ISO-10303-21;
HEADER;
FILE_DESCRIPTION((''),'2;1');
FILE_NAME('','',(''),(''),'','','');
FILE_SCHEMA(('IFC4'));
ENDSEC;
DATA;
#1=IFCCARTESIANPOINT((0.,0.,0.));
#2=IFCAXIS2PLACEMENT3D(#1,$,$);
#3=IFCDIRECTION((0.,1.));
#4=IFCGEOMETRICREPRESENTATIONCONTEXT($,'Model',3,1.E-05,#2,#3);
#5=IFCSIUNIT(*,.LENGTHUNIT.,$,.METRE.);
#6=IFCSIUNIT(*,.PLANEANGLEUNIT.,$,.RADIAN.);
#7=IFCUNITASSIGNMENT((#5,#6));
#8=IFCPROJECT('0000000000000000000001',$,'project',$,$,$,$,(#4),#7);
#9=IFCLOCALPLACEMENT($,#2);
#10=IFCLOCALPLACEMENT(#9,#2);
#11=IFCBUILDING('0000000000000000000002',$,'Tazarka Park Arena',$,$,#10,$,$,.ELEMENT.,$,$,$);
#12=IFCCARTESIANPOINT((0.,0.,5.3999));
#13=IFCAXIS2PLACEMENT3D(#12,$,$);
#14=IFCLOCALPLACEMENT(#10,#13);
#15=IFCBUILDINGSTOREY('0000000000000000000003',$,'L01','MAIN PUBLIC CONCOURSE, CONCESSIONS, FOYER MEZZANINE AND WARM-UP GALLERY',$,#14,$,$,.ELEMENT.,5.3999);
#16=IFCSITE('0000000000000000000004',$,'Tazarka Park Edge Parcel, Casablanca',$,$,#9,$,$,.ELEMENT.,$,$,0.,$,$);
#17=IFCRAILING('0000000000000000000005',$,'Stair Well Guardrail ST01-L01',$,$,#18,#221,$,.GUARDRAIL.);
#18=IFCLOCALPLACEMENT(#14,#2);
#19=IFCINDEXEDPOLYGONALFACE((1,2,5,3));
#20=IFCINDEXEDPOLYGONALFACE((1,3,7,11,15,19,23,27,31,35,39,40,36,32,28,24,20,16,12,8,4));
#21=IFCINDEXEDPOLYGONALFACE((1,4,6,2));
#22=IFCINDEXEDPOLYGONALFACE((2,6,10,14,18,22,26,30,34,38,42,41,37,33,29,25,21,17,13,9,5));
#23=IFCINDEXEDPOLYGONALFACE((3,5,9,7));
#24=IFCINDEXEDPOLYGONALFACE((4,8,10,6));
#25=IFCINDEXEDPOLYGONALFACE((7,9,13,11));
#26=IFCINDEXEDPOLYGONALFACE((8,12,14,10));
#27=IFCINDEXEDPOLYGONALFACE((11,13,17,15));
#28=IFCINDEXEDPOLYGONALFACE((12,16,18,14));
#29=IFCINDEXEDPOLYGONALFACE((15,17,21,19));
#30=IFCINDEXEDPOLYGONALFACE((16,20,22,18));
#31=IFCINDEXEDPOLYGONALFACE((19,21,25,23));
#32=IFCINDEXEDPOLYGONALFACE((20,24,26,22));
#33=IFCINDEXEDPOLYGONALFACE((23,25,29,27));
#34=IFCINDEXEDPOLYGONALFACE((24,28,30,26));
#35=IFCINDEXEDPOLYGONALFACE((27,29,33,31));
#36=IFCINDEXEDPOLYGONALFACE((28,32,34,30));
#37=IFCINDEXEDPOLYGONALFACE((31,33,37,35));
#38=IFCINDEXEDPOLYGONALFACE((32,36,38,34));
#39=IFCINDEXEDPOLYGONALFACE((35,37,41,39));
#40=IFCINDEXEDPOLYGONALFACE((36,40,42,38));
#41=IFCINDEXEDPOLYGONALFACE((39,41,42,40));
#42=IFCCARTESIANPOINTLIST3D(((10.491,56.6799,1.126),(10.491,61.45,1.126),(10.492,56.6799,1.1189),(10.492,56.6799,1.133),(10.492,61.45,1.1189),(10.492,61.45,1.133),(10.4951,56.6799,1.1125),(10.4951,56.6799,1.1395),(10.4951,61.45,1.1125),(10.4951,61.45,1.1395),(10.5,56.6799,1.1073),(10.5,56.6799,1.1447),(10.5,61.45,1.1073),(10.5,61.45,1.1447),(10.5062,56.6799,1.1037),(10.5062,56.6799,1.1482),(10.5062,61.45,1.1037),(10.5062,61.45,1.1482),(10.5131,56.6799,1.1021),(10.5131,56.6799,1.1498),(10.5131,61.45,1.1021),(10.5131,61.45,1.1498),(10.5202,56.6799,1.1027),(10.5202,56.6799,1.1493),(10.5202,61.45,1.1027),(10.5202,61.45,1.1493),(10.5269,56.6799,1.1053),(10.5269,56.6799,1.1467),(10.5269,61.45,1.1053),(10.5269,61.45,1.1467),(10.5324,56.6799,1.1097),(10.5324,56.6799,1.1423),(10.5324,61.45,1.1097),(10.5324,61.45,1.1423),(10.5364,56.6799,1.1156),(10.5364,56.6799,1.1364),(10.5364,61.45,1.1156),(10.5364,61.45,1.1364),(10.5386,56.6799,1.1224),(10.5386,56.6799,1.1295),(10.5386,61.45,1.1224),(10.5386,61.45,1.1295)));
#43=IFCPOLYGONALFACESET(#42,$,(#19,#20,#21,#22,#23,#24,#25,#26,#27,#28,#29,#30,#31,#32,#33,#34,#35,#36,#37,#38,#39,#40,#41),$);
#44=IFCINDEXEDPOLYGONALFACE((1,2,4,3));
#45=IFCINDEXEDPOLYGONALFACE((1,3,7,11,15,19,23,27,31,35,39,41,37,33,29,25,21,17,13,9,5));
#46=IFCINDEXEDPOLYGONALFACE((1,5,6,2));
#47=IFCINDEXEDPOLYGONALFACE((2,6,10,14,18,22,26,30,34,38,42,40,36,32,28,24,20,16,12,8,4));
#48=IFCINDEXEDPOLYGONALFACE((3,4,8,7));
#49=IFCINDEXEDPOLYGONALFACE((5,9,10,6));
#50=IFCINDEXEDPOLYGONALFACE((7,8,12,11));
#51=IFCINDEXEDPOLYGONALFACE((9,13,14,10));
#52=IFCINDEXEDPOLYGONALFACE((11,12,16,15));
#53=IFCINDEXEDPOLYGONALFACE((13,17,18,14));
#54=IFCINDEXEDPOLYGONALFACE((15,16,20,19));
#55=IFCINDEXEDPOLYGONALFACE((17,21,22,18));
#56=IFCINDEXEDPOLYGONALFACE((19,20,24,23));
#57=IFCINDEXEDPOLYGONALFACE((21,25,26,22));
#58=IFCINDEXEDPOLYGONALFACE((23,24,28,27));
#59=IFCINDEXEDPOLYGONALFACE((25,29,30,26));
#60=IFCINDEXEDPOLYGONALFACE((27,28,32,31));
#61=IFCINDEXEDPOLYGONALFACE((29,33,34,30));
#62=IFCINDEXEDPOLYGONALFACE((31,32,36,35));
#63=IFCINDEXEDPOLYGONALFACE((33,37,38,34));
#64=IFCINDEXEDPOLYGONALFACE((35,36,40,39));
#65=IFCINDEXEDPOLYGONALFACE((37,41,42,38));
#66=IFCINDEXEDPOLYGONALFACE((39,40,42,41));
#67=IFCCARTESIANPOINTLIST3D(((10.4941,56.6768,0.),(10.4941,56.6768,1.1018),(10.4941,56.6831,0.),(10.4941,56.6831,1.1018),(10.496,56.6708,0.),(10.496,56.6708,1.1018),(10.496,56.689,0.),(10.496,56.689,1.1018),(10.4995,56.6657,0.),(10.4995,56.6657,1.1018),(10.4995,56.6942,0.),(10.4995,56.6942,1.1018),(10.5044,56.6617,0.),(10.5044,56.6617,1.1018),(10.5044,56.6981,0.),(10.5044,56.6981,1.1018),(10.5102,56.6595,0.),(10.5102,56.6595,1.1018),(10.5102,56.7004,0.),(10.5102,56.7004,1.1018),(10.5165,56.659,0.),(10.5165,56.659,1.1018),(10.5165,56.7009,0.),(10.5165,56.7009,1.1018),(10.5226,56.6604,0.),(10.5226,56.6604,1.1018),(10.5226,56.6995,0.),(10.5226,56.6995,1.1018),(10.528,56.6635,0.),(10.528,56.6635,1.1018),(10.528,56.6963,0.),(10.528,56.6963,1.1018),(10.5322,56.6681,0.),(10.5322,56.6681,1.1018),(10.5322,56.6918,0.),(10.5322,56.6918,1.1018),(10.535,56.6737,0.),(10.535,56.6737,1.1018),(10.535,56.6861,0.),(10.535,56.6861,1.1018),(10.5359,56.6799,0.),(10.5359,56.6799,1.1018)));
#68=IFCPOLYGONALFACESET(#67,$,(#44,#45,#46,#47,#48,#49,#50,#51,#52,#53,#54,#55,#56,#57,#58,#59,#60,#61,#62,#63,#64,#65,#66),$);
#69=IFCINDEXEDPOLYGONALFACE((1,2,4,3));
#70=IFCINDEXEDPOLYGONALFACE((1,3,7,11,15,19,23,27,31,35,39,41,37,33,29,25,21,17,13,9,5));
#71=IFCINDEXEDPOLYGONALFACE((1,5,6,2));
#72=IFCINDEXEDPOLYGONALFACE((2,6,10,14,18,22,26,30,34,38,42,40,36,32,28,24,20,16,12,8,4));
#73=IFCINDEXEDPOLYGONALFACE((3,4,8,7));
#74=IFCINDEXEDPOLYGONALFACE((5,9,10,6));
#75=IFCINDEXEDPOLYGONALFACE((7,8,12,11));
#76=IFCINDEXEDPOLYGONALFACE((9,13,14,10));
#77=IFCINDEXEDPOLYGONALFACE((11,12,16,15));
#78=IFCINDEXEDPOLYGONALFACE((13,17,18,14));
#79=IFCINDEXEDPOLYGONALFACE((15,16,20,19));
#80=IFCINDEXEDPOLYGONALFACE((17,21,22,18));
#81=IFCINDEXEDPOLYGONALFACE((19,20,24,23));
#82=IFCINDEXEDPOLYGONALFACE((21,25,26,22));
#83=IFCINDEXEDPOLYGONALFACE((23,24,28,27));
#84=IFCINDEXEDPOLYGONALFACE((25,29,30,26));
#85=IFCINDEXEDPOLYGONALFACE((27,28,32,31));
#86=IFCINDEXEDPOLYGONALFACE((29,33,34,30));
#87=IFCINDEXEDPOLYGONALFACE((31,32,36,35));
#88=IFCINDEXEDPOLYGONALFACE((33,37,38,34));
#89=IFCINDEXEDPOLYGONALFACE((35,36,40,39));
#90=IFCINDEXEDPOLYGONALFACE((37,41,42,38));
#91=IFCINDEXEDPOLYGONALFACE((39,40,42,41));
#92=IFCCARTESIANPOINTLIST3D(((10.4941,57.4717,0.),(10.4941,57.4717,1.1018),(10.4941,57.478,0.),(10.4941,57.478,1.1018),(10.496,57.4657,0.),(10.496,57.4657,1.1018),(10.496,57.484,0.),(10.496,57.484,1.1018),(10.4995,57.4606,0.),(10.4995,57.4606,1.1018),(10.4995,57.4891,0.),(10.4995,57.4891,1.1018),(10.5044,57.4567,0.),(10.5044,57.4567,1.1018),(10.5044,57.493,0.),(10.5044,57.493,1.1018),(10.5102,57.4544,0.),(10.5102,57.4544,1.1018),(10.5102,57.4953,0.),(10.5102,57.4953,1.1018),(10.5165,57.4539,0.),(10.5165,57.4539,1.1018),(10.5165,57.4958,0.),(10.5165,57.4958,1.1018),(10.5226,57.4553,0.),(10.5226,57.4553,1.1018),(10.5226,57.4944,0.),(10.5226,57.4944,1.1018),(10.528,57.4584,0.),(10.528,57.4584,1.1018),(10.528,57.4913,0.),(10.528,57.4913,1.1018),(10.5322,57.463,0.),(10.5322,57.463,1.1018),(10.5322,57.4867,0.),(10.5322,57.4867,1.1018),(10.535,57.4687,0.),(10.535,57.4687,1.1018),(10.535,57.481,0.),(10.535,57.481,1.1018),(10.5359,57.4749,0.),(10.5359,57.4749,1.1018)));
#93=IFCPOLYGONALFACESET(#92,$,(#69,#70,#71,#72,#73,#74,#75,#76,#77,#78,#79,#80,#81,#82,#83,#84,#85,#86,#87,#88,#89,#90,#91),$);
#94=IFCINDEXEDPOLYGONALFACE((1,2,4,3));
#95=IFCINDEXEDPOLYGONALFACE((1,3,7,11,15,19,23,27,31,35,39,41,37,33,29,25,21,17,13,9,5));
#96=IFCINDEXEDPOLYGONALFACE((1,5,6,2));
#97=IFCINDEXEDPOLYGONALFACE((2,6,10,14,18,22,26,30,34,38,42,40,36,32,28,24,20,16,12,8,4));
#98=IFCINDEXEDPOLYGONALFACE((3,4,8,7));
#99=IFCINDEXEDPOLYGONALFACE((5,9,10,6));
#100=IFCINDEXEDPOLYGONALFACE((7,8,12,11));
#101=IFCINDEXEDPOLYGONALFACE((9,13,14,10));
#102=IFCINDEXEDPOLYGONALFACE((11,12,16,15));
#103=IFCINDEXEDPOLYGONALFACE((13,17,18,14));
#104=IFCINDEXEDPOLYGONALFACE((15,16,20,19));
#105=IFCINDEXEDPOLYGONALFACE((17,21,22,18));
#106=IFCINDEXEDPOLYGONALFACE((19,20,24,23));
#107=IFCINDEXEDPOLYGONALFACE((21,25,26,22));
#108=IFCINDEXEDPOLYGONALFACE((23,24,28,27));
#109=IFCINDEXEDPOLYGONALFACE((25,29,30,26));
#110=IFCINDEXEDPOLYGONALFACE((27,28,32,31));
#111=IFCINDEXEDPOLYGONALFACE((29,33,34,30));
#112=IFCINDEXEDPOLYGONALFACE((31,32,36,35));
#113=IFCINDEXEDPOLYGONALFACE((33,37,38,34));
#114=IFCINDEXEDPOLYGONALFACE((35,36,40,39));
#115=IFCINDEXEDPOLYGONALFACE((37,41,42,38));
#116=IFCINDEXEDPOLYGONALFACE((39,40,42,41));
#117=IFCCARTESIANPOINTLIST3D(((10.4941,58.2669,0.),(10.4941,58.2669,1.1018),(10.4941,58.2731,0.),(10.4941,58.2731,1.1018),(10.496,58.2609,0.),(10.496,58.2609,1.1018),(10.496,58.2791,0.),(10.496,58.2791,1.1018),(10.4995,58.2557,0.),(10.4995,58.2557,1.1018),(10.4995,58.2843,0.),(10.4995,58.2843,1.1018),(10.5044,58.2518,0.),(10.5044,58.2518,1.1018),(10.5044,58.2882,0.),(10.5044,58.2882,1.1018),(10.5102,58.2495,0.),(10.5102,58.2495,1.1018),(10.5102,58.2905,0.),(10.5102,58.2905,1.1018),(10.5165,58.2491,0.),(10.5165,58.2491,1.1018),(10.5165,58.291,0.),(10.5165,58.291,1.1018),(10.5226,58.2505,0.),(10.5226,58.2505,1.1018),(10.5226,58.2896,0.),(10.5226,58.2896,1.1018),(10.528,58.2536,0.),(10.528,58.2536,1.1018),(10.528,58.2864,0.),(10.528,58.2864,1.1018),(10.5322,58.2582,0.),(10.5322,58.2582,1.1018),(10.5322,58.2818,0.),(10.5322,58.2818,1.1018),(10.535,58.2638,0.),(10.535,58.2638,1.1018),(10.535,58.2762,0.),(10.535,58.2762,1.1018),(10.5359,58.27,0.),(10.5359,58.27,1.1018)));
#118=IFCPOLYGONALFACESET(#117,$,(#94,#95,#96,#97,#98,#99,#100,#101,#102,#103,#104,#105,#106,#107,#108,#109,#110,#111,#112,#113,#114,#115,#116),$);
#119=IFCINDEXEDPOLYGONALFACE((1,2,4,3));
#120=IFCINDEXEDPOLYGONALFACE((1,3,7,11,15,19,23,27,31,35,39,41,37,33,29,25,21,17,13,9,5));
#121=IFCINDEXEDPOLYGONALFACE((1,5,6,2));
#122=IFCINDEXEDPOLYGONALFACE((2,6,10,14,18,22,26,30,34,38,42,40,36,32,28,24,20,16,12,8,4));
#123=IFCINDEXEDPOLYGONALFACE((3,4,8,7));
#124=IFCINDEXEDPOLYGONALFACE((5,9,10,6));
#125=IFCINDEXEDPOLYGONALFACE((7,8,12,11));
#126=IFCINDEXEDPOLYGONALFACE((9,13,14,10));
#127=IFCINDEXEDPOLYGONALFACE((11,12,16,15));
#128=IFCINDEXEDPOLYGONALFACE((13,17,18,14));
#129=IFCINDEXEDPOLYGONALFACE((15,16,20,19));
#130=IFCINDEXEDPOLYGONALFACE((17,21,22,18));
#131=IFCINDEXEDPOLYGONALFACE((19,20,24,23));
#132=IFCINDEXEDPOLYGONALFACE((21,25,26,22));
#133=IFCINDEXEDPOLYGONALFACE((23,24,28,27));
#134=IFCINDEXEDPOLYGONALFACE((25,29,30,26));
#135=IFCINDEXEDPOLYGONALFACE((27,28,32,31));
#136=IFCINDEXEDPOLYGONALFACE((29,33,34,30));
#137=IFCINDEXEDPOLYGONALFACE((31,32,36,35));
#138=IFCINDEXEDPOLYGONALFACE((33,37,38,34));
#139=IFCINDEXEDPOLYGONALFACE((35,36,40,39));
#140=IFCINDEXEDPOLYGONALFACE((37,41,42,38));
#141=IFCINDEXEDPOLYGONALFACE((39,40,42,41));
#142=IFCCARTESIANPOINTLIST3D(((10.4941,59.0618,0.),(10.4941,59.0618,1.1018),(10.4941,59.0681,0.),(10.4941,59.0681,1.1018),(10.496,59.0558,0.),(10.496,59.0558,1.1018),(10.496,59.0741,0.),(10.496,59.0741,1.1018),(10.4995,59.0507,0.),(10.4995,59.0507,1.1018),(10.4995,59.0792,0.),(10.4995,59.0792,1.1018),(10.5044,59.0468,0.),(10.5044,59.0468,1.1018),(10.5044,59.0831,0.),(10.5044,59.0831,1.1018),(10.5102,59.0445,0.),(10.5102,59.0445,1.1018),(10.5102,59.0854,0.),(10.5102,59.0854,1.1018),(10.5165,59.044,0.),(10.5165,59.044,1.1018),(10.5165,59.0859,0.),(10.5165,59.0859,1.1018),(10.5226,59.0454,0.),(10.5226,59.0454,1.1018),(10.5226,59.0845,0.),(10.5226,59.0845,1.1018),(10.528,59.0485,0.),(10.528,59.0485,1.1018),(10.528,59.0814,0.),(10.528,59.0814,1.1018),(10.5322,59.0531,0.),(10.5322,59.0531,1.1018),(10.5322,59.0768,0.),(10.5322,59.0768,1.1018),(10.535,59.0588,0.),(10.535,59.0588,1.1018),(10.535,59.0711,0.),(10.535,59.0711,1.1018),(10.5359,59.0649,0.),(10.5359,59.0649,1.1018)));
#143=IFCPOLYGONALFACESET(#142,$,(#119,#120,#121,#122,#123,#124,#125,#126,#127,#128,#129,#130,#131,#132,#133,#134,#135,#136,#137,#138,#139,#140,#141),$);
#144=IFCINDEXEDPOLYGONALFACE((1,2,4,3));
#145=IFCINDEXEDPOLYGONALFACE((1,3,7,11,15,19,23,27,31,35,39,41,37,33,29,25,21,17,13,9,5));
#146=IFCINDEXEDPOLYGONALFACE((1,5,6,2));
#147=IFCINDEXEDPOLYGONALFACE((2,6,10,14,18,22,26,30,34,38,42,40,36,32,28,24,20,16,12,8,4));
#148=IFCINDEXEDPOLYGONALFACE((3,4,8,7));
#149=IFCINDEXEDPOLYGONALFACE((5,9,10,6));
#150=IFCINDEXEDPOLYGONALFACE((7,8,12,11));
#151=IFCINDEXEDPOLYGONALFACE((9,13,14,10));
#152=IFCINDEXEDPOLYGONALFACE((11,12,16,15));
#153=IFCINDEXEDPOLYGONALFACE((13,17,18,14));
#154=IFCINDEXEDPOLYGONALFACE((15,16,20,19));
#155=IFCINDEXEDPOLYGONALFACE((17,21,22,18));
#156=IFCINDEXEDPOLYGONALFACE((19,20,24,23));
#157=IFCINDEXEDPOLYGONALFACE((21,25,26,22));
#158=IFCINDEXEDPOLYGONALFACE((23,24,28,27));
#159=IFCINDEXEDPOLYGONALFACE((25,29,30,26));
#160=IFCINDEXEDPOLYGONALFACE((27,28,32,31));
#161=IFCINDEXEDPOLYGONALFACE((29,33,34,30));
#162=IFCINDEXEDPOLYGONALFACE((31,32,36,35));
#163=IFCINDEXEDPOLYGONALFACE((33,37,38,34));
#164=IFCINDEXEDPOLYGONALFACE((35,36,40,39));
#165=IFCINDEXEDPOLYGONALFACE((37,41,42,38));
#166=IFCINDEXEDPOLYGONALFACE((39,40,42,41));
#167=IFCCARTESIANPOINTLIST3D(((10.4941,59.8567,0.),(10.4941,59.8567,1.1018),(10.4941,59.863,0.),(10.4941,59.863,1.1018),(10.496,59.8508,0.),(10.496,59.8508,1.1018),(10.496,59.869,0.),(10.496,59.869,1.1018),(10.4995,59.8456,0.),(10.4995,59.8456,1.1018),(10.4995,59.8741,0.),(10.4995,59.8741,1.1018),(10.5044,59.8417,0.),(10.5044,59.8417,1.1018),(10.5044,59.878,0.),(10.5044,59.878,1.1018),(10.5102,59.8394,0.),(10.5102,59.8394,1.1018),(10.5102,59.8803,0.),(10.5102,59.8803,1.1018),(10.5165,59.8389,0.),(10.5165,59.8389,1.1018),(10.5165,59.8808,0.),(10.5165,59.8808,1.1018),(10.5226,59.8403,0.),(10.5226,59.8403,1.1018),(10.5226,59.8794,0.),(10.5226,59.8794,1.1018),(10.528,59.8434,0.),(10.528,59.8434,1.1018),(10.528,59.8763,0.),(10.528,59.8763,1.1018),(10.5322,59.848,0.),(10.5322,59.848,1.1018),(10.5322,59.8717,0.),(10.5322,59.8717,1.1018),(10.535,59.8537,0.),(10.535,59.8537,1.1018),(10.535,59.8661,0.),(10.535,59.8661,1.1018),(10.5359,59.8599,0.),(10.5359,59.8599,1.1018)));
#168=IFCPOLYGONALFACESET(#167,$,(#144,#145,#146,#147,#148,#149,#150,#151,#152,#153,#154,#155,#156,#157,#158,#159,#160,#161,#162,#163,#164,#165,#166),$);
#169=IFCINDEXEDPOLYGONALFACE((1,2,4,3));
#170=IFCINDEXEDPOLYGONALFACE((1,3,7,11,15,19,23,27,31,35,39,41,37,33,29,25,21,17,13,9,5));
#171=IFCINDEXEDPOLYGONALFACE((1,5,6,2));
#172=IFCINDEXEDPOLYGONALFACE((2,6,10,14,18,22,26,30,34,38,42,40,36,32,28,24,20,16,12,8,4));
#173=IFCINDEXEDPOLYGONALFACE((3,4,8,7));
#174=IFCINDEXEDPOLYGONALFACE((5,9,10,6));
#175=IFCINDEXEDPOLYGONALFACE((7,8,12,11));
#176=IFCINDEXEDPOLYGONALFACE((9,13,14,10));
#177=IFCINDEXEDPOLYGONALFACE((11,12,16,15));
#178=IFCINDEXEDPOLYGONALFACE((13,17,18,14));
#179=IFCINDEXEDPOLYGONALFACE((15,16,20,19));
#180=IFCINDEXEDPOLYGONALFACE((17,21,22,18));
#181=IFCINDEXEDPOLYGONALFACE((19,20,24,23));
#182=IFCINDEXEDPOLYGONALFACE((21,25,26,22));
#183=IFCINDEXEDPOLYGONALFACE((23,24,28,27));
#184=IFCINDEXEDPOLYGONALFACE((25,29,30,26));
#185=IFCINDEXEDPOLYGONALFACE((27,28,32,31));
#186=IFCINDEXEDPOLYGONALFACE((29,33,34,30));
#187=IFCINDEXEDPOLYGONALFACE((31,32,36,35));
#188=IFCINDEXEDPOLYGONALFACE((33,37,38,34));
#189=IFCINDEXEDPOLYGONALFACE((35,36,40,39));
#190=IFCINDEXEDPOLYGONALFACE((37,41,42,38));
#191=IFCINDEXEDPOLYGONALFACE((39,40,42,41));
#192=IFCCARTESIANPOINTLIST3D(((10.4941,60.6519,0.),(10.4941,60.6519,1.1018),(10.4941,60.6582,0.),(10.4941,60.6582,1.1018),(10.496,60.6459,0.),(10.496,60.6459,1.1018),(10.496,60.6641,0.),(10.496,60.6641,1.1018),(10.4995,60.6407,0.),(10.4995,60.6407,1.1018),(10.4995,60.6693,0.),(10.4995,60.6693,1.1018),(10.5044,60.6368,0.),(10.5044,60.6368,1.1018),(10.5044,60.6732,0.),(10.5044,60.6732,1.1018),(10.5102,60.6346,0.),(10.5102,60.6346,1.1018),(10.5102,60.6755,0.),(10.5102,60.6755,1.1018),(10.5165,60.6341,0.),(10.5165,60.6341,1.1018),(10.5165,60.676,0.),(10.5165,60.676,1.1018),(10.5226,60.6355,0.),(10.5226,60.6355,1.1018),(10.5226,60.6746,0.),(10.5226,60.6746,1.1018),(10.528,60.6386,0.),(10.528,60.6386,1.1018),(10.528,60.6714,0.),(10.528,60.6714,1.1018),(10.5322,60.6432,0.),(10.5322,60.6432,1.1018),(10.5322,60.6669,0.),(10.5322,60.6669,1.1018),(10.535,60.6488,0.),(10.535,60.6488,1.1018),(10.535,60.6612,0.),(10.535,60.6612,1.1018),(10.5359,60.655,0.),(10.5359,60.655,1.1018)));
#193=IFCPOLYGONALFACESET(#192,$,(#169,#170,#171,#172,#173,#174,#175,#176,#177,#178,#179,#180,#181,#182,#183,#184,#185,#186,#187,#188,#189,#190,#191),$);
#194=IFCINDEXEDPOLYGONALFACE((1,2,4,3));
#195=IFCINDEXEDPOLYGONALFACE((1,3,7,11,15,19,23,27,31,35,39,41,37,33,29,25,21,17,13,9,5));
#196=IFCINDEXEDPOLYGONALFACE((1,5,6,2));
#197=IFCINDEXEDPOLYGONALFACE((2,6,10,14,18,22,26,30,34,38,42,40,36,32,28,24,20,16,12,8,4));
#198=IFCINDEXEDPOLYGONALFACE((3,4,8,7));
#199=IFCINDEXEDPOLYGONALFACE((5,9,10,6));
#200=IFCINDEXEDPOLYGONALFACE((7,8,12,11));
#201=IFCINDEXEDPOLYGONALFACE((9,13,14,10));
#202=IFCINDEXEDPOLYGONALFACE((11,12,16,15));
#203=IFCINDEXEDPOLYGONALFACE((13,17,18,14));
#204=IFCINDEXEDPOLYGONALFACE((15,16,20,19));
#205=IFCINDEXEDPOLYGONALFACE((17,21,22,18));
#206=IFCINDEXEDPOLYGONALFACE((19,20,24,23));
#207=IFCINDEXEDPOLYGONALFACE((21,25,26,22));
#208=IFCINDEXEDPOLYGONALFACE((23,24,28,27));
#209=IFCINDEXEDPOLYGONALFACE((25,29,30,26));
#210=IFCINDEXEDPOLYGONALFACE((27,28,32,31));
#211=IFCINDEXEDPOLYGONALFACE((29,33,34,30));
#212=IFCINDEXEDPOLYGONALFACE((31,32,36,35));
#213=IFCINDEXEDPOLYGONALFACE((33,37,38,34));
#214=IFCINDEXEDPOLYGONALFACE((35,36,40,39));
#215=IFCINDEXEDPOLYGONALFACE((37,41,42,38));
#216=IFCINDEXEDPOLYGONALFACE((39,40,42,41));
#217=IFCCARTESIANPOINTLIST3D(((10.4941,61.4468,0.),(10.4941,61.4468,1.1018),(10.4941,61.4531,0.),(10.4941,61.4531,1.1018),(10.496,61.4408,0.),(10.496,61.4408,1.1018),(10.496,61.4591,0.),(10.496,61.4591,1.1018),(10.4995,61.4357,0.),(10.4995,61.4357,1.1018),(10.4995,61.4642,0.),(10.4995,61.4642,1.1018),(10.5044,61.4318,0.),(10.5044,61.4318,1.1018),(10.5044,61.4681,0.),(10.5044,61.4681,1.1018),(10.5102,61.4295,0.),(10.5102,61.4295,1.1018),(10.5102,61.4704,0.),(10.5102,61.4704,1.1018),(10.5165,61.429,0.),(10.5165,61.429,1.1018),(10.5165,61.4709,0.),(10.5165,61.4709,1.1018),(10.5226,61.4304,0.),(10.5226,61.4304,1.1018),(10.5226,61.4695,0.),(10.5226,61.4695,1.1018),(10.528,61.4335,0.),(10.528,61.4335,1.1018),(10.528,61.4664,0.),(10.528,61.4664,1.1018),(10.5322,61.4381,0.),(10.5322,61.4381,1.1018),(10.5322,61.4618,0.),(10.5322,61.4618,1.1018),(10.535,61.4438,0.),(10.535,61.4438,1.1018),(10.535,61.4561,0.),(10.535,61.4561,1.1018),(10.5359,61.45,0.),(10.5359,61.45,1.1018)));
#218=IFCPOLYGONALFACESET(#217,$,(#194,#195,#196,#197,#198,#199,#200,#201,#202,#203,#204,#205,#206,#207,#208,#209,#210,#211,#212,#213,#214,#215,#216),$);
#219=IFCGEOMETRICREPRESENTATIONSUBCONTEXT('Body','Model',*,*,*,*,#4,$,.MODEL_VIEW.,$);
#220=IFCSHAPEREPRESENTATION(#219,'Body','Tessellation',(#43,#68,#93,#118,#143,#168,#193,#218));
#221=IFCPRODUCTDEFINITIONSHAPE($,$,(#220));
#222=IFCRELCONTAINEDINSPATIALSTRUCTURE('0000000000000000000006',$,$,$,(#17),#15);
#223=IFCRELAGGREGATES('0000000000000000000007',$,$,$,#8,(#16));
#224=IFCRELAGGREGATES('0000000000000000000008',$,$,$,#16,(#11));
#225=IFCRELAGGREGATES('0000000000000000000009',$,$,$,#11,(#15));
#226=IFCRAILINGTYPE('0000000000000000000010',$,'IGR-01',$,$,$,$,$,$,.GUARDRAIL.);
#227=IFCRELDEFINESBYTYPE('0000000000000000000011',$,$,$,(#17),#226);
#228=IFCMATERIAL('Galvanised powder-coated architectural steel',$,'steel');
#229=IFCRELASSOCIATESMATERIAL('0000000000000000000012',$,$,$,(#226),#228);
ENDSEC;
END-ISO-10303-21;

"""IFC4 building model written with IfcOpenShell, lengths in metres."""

from ifc_helpers import new_model, si_unit, direction, frame, origin, origin_2d, place, context, subcontext, project, spatial, circle, extrude, material, type_object, element, save


model = new_model("IFC4")

# Units and contexts
model_context = context("Model", 3, precision=1e-05, world=origin(), true_north=direction((0.0, 1.0)))
body_context = subcontext(model_context, "Body", "Model", "MODEL_VIEW")
ifc_project = project(units=[si_unit("LENGTHUNIT", "METRE"), si_unit("PLANEANGLEUNIT", "RADIAN")], contexts=[model_context])

# Site, building, storey
site_placement = place(None, origin())
site = spatial("IfcSite", under=ifc_project, at=site_placement, Name="Tazarka Park Edge Parcel, Casablanca", CompositionType="ELEMENT", RefElevation=0.0)
building_placement = place(site_placement, origin())
building = spatial("IfcBuilding", under=site, at=building_placement, Name="Tazarka Park Arena", CompositionType="ELEMENT")
storey_placement = place(building_placement, frame((0.0, 0.0, 5.3999)))
storey = spatial("IfcBuildingStorey", under=building, at=storey_placement, Name="L01", Description="MAIN PUBLIC CONCOURSE, CONCESSIONS, FOYER MEZZANINE AND WARM-UP GALLERY", CompositionType="ELEMENT", Elevation=5.3999)

# Railing
ifc_material_1 = material(Name="Galvanised powder-coated architectural steel", Category="steel")
railing_type = type_object("IfcRailingType", Name="IGR-01", PredefinedType="GUARDRAIL", material=ifc_material_1)
railing_1_placement = place(storey_placement, frame((10.5149, 56.6799, 0.0)))
element("IfcRailing", 1, at=railing_1_placement, inside=storey, type_object=railing_type, Name="Stair Well Guardrail ST01-L01", PredefinedType="GUARDRAIL", context=body_context, shape_type="SweptSolid", body=[
    extrude(circle(Radius=0.0239, at=origin_2d()), frame((0.0, 0.0, 1.126), z_axis=(0.0, 1.0, 0.0), x_axis=(-1.0, 0.0, 0.0)), (0.0, 0.0, 1.0), 4.77),
    extrude(circle(Radius=0.021, at=origin_2d()), origin(), (0.0, 0.0, 1.0), 1.1018),
    extrude(circle(Radius=0.021, at=origin_2d()), frame((0.0, 0.7949, 0.0)), (0.0, 0.0, 1.0), 1.1018),
    extrude(circle(Radius=0.021, at=origin_2d()), frame((0.0, 1.5901, 0.0)), (0.0, 0.0, 1.0), 1.1018),
    extrude(circle(Radius=0.021, at=origin_2d()), frame((0.0, 2.385, 0.0)), (0.0, 0.0, 1.0), 1.1018),
    extrude(circle(Radius=0.021, at=origin_2d()), frame((0.0, 3.1799, 0.0)), (0.0, 0.0, 1.0), 1.1018),
    extrude(circle(Radius=0.021, at=origin_2d()), frame((0.0, 3.9751, 0.0)), (0.0, 0.0, 1.0), 1.1018),
    extrude(circle(Radius=0.021, at=origin_2d()), frame((0.0, 4.77, 0.0)), (0.0, 0.0, 1.0), 1.1018),
])

save(model, "model.ifc")
